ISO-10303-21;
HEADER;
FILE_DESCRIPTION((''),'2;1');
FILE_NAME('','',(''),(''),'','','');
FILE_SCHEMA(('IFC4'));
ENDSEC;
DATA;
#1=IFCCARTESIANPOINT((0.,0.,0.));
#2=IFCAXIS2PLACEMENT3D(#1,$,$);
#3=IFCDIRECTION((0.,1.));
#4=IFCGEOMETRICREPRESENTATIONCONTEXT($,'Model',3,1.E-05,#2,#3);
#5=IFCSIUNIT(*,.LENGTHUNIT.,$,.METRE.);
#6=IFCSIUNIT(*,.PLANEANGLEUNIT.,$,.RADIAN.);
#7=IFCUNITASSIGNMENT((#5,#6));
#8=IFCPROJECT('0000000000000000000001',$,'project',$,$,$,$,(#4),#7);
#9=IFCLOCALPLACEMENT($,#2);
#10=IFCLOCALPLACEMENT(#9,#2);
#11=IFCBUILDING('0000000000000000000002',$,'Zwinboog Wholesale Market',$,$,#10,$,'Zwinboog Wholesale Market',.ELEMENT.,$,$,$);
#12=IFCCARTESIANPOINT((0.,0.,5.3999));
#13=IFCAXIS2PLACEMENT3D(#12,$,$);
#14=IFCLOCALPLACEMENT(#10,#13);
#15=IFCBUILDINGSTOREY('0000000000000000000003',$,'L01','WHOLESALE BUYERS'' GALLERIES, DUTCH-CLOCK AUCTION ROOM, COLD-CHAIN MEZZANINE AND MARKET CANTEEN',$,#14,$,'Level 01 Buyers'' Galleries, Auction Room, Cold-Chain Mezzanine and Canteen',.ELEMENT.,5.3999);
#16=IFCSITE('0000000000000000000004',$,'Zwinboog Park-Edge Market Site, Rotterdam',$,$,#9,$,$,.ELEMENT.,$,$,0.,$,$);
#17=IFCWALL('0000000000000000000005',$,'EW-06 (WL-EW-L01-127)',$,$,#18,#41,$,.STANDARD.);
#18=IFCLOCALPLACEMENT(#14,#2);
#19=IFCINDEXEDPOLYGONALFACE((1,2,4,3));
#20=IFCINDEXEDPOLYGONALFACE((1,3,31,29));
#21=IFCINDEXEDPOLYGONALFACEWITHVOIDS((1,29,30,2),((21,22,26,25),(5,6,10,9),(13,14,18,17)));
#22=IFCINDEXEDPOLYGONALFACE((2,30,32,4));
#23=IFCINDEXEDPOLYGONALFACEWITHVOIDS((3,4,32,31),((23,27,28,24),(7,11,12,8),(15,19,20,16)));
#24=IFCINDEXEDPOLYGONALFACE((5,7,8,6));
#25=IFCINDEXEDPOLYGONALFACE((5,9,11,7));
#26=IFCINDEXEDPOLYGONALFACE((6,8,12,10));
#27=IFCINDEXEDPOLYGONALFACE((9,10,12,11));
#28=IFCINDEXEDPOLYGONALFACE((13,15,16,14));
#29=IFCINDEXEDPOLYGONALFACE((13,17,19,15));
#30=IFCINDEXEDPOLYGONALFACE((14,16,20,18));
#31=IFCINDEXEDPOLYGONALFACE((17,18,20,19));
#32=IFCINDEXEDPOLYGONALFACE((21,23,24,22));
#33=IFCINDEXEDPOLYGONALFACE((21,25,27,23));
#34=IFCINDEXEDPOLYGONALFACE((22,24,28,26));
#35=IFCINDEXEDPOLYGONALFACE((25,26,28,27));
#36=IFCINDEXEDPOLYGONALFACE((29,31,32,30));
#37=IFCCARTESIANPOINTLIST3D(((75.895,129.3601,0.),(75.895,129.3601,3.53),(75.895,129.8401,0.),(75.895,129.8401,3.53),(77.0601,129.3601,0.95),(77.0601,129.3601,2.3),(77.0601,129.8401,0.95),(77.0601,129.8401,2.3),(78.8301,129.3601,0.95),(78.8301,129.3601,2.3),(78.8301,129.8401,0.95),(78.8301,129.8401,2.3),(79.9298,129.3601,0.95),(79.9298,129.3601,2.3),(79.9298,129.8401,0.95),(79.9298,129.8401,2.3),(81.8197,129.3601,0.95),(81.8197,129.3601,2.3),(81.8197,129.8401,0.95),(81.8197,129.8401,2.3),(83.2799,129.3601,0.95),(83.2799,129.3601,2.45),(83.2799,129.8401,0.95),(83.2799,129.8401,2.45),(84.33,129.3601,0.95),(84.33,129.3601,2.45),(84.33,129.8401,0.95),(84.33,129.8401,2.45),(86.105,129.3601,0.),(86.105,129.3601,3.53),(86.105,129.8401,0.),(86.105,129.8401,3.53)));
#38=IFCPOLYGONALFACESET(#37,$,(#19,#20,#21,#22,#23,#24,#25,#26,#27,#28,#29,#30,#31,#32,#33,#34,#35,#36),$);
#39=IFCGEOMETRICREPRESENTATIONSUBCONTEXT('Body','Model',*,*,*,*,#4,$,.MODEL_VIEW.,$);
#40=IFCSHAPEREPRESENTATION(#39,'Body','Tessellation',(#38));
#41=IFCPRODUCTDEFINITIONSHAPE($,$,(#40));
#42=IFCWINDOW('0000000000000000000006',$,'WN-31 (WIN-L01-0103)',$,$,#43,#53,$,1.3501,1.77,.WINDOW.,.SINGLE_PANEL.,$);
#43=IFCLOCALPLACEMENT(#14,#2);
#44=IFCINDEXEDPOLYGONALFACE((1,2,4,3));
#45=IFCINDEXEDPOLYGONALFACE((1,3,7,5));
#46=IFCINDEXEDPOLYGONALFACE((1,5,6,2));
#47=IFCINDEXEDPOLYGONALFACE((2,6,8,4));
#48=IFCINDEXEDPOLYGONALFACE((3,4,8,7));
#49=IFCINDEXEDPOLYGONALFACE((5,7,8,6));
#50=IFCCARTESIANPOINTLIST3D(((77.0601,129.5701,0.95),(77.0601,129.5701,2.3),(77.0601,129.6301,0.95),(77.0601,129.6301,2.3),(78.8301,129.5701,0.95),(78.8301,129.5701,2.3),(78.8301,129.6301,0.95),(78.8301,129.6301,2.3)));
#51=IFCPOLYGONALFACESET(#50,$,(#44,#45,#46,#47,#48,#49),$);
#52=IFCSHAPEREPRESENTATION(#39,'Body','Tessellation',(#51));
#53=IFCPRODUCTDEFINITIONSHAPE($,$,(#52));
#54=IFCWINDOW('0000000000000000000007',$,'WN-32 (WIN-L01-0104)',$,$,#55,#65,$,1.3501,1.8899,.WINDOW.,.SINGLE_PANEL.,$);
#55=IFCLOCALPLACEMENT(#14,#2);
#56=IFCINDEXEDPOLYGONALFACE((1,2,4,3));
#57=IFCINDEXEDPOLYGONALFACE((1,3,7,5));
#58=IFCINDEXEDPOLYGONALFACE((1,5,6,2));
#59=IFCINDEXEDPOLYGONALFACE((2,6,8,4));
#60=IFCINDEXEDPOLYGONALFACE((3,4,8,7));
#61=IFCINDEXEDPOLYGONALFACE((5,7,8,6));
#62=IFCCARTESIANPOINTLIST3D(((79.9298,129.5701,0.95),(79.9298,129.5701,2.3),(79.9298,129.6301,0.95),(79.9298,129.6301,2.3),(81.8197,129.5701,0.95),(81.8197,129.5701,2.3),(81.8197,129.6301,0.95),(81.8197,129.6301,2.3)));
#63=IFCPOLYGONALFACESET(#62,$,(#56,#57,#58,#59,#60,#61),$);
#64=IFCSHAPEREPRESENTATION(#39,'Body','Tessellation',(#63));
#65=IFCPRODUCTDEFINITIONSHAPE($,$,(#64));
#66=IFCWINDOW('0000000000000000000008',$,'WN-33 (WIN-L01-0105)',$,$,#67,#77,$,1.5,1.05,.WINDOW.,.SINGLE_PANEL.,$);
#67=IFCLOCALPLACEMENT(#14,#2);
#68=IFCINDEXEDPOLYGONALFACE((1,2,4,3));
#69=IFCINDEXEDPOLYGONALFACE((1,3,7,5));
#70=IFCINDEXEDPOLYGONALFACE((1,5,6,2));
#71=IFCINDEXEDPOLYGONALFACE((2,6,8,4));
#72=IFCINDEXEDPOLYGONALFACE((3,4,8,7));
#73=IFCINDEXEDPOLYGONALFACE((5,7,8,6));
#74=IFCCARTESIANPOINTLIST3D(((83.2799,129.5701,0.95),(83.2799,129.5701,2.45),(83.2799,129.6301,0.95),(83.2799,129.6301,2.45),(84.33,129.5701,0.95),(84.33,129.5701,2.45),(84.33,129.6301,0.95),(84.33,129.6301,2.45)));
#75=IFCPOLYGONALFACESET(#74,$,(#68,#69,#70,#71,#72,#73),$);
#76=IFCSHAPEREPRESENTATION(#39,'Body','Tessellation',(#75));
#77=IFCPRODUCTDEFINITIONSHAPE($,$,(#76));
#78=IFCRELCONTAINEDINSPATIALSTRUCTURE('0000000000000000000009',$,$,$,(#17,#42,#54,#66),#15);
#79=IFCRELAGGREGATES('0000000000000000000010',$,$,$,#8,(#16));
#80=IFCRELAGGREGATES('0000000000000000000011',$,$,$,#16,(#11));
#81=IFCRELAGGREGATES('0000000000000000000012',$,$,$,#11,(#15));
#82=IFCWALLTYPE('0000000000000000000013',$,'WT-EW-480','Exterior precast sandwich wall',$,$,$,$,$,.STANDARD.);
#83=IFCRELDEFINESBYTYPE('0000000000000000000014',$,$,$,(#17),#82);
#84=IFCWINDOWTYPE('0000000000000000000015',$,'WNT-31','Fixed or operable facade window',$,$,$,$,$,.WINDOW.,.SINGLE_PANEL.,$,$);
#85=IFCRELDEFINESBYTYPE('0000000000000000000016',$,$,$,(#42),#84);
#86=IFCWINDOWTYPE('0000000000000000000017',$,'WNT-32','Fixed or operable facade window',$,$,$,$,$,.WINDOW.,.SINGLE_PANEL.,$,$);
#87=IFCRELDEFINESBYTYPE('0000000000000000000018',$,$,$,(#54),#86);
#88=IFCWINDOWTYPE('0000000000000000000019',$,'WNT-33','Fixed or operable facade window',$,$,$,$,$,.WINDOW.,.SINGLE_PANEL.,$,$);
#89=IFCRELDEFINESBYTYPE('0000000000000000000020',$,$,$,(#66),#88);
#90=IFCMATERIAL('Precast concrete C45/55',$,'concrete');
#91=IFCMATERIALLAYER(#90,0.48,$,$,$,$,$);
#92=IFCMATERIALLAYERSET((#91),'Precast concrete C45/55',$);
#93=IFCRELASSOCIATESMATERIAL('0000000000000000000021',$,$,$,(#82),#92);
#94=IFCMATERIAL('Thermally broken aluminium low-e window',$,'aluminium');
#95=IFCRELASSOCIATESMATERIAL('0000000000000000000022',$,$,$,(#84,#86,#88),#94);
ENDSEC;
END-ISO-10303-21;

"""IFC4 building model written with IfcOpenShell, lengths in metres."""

from ifc_helpers import new_model, si_unit, direction, frame, frame_2d, origin, place, context, subcontext, project, spatial, rectangle, extrude, material, layer, layer_set, type_object, element, fill, save


model = new_model("IFC4")

# Units and contexts
model_context = context("Model", 3, precision=1e-05, world=origin(), true_north=direction((0.0, 1.0)))
body_context = subcontext(model_context, "Body", "Model", "MODEL_VIEW")
ifc_project = project(units=[si_unit("LENGTHUNIT", "METRE"), si_unit("PLANEANGLEUNIT", "RADIAN")], contexts=[model_context])

# Site, building, storey
site_placement = place(None, origin())
site = spatial("IfcSite", under=ifc_project, at=site_placement, Name="Zwinboog Park-Edge Market Site, Rotterdam", CompositionType="ELEMENT", RefElevation=0.0)
building_placement = place(site_placement, origin())
building = spatial("IfcBuilding", under=site, at=building_placement, Name="Zwinboog Wholesale Market", LongName="Zwinboog Wholesale Market", CompositionType="ELEMENT")
storey_placement = place(building_placement, frame((0.0, 0.0, 5.3999)))
storey = spatial("IfcBuildingStorey", under=building, at=storey_placement, Name="L01", Description="WHOLESALE BUYERS' GALLERIES, DUTCH-CLOCK AUCTION ROOM, COLD-CHAIN MEZZANINE AND MARKET CANTEEN", LongName="Level 01 Buyers' Galleries, Auction Room, Cold-Chain Mezzanine and Canteen", CompositionType="ELEMENT", Elevation=5.3999)

# Shared definitions
ifc_material_1 = material(Name="Precast concrete C45/55", Category="concrete")

# Wall, openings, windows
ifc_material_2 = material(Name="Thermally broken aluminium low-e window", Category="aluminium")
ifc_layer_1 = layer(ifc_material_1, 0.48)
ifc_layer_set_1 = layer_set([ifc_layer_1], Name="Precast concrete C45/55")
wall_type_1 = type_object("IfcWallType", Name="WT-EW-480", Description="Exterior precast sandwich wall", PredefinedType="STANDARD", material=ifc_layer_set_1)
wall_1_placement = place(storey_placement, frame((75.895, 129.6001, 0.0), z_axis=(0.0, 0.0, 1.0), x_axis=(1.0, 0.0, 0.0)))
wall_1 = element("IfcWall", 1, at=wall_1_placement, inside=storey, type_object=wall_type_1, Name="EW-06 (WL-EW-L01-127)", PredefinedType="STANDARD", context=body_context, shape_type="SweptSolid", body=[
    extrude(rectangle(XDim=10.21, YDim=0.48, at=frame_2d((5.105, 0.0))), origin(), (0.0, 0.0, 1.0), 3.53),
])
opening_1_placement = place(wall_1_placement, frame((1.165, 0.0, 0.95)))
opening_1 = element("IfcOpeningElement", 2, at=opening_1_placement, cuts=wall_1, PredefinedType="OPENING", context=body_context, shape_type="SweptSolid", body=[
    extrude(rectangle(XDim=1.77, YDim=1.3501, at=frame_2d((0.885, 0.675))), frame((0.0, 0.25, 0.0), z_axis=(0.0, -1.0, 0.0), x_axis=(1.0, 0.0, 0.0)), (0.0, 0.0, 1.0), 0.5),
])
opening_2_placement = place(wall_1_placement, frame((4.0349, 0.0, 0.95)))
opening_2 = element("IfcOpeningElement", 3, at=opening_2_placement, cuts=wall_1, PredefinedType="OPENING", context=body_context, shape_type="SweptSolid", body=[
    extrude(rectangle(XDim=1.8899, YDim=1.3501, at=frame_2d((0.9448, 0.675))), frame((0.0, 0.25, 0.0), z_axis=(0.0, -1.0, 0.0), x_axis=(1.0, 0.0, 0.0)), (0.0, 0.0, 1.0), 0.5),
])
opening_3_placement = place(wall_1_placement, frame((7.385, 0.0, 0.95)))
opening_3 = element("IfcOpeningElement", 4, at=opening_3_placement, cuts=wall_1, PredefinedType="OPENING", context=body_context, shape_type="SweptSolid", body=[
    extrude(rectangle(XDim=1.05, YDim=1.5, at=frame_2d((0.5249, 0.75))), frame((0.0, 0.25, 0.0), z_axis=(0.0, -1.0, 0.0), x_axis=(1.0, 0.0, 0.0)), (0.0, 0.0, 1.0), 0.5),
])
window_type_1 = type_object("IfcWindowType", Name="WNT-31", Description="Fixed or operable facade window", PartitioningType="SINGLE_PANEL", PredefinedType="WINDOW", material=ifc_material_2)
window_1_placement = place(opening_1_placement, origin())
window_1 = element("IfcWindow", 5, at=window_1_placement, inside=storey, type_object=window_type_1, Name="WN-31 (WIN-L01-0103)", OverallHeight=1.3501, OverallWidth=1.77, PartitioningType="SINGLE_PANEL", PredefinedType="WINDOW", context=body_context, shape_type="SweptSolid", body=[
    extrude(rectangle(XDim=1.77, YDim=1.3501, at=frame_2d((0.885, 0.675))), frame((0.0, 0.03, 0.0), z_axis=(0.0, -1.0, 0.0), x_axis=(1.0, 0.0, 0.0)), (0.0, 0.0, 1.0), 0.0601),
])
fill(opening_1, window_1)
window_type_2 = type_object("IfcWindowType", Name="WNT-32", Description="Fixed or operable facade window", PartitioningType="SINGLE_PANEL", PredefinedType="WINDOW", material=ifc_material_2)
window_2_placement = place(opening_2_placement, origin())
window_2 = element("IfcWindow", 6, at=window_2_placement, inside=storey, type_object=window_type_2, Name="WN-32 (WIN-L01-0104)", OverallHeight=1.3501, OverallWidth=1.8899, PartitioningType="SINGLE_PANEL", PredefinedType="WINDOW", context=body_context, shape_type="SweptSolid", body=[
    extrude(rectangle(XDim=1.8899, YDim=1.3501, at=frame_2d((0.9448, 0.675))), frame((0.0, 0.03, 0.0), z_axis=(0.0, -1.0, 0.0), x_axis=(1.0, 0.0, 0.0)), (0.0, 0.0, 1.0), 0.0601),
])
fill(opening_2, window_2)
window_type_3 = type_object("IfcWindowType", Name="WNT-33", Description="Fixed or operable facade window", PartitioningType="SINGLE_PANEL", PredefinedType="WINDOW", material=ifc_material_2)
window_3_placement = place(opening_3_placement, origin())
window_3 = element("IfcWindow", 7, at=window_3_placement, inside=storey, type_object=window_type_3, Name="WN-33 (WIN-L01-0105)", OverallHeight=1.5, OverallWidth=1.05, PartitioningType="SINGLE_PANEL", PredefinedType="WINDOW", context=body_context, shape_type="SweptSolid", body=[
    extrude(rectangle(XDim=1.05, YDim=1.5, at=frame_2d((0.5249, 0.75))), frame((0.0, 0.03, 0.0), z_axis=(0.0, -1.0, 0.0), x_axis=(1.0, 0.0, 0.0)), (0.0, 0.0, 1.0), 0.0601),
])
fill(opening_3, window_3)

save(model, "model.ifc")
